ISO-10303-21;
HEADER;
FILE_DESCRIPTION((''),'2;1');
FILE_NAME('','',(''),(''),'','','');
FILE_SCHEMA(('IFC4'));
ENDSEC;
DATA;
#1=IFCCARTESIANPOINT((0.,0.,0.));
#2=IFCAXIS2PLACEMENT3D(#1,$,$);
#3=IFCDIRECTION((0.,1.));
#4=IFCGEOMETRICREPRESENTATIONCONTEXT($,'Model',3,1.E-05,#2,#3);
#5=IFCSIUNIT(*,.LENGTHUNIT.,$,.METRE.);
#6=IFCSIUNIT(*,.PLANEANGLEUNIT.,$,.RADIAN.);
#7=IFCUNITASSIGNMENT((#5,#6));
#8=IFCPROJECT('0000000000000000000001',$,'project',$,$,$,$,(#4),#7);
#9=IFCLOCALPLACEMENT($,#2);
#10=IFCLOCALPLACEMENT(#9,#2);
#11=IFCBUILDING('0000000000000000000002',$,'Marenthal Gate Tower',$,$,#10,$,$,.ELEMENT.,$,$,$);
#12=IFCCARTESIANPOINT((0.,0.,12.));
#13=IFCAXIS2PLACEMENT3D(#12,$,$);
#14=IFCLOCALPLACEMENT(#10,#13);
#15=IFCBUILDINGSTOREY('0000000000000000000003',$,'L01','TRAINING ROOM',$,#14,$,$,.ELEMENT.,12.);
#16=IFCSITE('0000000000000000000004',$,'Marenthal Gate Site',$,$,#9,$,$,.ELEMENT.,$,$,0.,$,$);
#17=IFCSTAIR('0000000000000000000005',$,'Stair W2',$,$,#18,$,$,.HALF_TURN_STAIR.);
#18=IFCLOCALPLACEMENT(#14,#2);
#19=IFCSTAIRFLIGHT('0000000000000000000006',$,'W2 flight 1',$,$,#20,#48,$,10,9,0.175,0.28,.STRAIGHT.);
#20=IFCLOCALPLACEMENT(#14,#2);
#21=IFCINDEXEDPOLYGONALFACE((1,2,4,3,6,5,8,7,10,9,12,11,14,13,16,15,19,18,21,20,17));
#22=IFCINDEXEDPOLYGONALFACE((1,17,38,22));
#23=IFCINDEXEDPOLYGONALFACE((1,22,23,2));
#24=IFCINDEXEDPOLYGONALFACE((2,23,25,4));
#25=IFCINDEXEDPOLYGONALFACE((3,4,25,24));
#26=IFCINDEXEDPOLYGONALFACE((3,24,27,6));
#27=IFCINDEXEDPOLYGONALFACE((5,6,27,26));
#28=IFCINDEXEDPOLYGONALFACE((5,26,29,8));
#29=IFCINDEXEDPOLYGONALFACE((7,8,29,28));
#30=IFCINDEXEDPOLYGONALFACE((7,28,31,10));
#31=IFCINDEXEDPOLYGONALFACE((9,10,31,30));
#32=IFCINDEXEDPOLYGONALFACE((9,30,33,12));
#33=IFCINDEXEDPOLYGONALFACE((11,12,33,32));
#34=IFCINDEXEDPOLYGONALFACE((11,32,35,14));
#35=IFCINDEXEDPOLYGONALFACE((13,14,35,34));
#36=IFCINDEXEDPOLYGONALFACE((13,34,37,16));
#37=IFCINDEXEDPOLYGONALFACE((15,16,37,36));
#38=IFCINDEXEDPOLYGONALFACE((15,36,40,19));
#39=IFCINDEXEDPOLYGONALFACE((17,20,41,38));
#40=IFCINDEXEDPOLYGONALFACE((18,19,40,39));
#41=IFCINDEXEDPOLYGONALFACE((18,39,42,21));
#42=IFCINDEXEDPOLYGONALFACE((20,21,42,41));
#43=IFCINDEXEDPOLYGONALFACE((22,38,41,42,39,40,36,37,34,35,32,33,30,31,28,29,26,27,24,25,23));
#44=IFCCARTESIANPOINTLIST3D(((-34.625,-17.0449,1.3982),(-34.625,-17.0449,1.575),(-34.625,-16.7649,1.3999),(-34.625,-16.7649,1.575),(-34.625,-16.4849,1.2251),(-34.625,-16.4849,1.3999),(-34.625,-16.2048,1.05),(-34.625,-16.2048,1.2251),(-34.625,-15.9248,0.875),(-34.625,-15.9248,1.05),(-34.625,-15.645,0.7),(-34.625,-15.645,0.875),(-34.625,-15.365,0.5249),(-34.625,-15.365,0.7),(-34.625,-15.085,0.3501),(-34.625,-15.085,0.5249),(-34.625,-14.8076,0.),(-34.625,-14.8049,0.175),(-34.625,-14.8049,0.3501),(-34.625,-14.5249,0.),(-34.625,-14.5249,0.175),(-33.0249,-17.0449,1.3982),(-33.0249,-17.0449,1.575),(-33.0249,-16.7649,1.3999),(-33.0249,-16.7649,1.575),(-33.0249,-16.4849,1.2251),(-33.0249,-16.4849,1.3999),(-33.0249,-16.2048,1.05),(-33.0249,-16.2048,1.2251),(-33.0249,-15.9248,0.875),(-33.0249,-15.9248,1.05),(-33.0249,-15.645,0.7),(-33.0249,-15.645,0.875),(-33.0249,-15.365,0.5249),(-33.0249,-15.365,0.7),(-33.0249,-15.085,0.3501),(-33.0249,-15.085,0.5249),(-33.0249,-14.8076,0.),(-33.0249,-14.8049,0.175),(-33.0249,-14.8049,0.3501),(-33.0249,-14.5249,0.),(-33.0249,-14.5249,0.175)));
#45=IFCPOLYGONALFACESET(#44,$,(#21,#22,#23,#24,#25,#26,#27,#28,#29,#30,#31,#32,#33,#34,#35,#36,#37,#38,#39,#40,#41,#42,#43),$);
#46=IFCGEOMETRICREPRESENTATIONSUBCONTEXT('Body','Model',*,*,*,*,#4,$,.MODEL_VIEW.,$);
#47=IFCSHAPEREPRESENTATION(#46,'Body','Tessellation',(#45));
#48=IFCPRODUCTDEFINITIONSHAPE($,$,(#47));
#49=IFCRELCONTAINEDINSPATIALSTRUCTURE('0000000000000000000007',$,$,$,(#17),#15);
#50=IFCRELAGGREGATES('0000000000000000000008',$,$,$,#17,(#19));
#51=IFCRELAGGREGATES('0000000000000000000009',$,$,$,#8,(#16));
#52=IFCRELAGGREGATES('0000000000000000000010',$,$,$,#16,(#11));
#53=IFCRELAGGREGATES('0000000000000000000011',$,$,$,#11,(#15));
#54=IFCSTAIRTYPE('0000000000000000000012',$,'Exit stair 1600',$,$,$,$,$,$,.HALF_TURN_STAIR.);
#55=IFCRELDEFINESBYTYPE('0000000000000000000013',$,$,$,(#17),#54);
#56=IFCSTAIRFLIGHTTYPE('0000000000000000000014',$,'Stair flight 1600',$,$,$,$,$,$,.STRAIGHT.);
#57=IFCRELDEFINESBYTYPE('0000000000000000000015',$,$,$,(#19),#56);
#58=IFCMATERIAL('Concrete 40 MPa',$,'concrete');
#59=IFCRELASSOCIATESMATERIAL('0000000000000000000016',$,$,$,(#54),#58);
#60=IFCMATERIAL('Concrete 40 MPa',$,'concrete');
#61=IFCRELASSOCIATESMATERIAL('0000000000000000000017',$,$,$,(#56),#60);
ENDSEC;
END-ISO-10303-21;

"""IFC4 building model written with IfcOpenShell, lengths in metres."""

from ifc_helpers import new_model, si_unit, direction, frame, origin, place, context, subcontext, project, spatial, polyline, outline, extrude, material, type_object, element, aggregate, save


model = new_model("IFC4")

# Units and contexts
model_context = context("Model", 3, precision=1e-05, world=origin(), true_north=direction((0.0, 1.0)))
body_context = subcontext(model_context, "Body", "Model", "MODEL_VIEW")
ifc_project = project(units=[si_unit("LENGTHUNIT", "METRE"), si_unit("PLANEANGLEUNIT", "RADIAN")], contexts=[model_context])

# Site, building, storey
site_placement = place(None, origin())
site = spatial("IfcSite", under=ifc_project, at=site_placement, Name="Marenthal Gate Site", CompositionType="ELEMENT", RefElevation=0.0)
building_placement = place(site_placement, origin())
building = spatial("IfcBuilding", under=site, at=building_placement, Name="Marenthal Gate Tower", CompositionType="ELEMENT")
storey_placement = place(building_placement, frame((0.0, 0.0, 12.0)))
storey = spatial("IfcBuildingStorey", under=building, at=storey_placement, Name="L01", Description="TRAINING ROOM", CompositionType="ELEMENT", Elevation=12.0)

# Stair, stair flight
ifc_material_1 = material(Name="Concrete 40 MPa", Category="concrete")
stair_type = type_object("IfcStairType", Name="Exit stair 1600", PredefinedType="HALF_TURN_STAIR", material=ifc_material_1)
stair_placement = place(storey_placement, origin())
stair = element("IfcStair", 1, at=stair_placement, inside=storey, type_object=stair_type, Name="Stair W2", PredefinedType="HALF_TURN_STAIR")
ifc_material_2 = material(Name="Concrete 40 MPa", Category="concrete")
stair_flight_type = type_object("IfcStairFlightType", Name="Stair flight 1600", PredefinedType="STRAIGHT", material=ifc_material_2)
stair_flight_placement = place(storey_placement, frame((-33.825, -14.5249, 0.0), z_axis=(0.0, 0.0, 1.0), x_axis=(0.0, -1.0, 0.0)))
stair_flight = element("IfcStairFlight", 2, at=stair_flight_placement, type_object=stair_flight_type, Name="W2 flight 1", NumberOfRisers=10, NumberOfTreads=9, PredefinedType="STRAIGHT", RiserHeight=0.175, TreadLength=0.28, context=body_context, shape_type="SweptSolid", body=[
    extrude(outline(polyline([(0.0, 0.0), (0.0, 0.175), (0.28, 0.175), (0.28, 0.3501), (0.5601, 0.3501), (0.5601, 0.5249), (0.8401, 0.5249), (0.8401, 0.7), (1.1201, 0.7), (1.1201, 0.875), (1.3999, 0.875), (1.3999, 1.05), (1.6799, 1.05), (1.6799, 1.2251), (1.96, 1.2251), (1.96, 1.3999), (2.24, 1.3999), (2.24, 1.575), (2.52, 1.575), (2.52, 1.75), (2.52, 1.3982), (0.2827, 0.0), (0.0, 0.0)])), frame((0.0, 0.8, 0.0), z_axis=(0.0, -1.0, 0.0), x_axis=(1.0, 0.0, 0.0)), (0.0, 0.0, 1.0), 1.6001),
])
aggregate(stair, [stair_flight])

save(model, "model.ifc")
